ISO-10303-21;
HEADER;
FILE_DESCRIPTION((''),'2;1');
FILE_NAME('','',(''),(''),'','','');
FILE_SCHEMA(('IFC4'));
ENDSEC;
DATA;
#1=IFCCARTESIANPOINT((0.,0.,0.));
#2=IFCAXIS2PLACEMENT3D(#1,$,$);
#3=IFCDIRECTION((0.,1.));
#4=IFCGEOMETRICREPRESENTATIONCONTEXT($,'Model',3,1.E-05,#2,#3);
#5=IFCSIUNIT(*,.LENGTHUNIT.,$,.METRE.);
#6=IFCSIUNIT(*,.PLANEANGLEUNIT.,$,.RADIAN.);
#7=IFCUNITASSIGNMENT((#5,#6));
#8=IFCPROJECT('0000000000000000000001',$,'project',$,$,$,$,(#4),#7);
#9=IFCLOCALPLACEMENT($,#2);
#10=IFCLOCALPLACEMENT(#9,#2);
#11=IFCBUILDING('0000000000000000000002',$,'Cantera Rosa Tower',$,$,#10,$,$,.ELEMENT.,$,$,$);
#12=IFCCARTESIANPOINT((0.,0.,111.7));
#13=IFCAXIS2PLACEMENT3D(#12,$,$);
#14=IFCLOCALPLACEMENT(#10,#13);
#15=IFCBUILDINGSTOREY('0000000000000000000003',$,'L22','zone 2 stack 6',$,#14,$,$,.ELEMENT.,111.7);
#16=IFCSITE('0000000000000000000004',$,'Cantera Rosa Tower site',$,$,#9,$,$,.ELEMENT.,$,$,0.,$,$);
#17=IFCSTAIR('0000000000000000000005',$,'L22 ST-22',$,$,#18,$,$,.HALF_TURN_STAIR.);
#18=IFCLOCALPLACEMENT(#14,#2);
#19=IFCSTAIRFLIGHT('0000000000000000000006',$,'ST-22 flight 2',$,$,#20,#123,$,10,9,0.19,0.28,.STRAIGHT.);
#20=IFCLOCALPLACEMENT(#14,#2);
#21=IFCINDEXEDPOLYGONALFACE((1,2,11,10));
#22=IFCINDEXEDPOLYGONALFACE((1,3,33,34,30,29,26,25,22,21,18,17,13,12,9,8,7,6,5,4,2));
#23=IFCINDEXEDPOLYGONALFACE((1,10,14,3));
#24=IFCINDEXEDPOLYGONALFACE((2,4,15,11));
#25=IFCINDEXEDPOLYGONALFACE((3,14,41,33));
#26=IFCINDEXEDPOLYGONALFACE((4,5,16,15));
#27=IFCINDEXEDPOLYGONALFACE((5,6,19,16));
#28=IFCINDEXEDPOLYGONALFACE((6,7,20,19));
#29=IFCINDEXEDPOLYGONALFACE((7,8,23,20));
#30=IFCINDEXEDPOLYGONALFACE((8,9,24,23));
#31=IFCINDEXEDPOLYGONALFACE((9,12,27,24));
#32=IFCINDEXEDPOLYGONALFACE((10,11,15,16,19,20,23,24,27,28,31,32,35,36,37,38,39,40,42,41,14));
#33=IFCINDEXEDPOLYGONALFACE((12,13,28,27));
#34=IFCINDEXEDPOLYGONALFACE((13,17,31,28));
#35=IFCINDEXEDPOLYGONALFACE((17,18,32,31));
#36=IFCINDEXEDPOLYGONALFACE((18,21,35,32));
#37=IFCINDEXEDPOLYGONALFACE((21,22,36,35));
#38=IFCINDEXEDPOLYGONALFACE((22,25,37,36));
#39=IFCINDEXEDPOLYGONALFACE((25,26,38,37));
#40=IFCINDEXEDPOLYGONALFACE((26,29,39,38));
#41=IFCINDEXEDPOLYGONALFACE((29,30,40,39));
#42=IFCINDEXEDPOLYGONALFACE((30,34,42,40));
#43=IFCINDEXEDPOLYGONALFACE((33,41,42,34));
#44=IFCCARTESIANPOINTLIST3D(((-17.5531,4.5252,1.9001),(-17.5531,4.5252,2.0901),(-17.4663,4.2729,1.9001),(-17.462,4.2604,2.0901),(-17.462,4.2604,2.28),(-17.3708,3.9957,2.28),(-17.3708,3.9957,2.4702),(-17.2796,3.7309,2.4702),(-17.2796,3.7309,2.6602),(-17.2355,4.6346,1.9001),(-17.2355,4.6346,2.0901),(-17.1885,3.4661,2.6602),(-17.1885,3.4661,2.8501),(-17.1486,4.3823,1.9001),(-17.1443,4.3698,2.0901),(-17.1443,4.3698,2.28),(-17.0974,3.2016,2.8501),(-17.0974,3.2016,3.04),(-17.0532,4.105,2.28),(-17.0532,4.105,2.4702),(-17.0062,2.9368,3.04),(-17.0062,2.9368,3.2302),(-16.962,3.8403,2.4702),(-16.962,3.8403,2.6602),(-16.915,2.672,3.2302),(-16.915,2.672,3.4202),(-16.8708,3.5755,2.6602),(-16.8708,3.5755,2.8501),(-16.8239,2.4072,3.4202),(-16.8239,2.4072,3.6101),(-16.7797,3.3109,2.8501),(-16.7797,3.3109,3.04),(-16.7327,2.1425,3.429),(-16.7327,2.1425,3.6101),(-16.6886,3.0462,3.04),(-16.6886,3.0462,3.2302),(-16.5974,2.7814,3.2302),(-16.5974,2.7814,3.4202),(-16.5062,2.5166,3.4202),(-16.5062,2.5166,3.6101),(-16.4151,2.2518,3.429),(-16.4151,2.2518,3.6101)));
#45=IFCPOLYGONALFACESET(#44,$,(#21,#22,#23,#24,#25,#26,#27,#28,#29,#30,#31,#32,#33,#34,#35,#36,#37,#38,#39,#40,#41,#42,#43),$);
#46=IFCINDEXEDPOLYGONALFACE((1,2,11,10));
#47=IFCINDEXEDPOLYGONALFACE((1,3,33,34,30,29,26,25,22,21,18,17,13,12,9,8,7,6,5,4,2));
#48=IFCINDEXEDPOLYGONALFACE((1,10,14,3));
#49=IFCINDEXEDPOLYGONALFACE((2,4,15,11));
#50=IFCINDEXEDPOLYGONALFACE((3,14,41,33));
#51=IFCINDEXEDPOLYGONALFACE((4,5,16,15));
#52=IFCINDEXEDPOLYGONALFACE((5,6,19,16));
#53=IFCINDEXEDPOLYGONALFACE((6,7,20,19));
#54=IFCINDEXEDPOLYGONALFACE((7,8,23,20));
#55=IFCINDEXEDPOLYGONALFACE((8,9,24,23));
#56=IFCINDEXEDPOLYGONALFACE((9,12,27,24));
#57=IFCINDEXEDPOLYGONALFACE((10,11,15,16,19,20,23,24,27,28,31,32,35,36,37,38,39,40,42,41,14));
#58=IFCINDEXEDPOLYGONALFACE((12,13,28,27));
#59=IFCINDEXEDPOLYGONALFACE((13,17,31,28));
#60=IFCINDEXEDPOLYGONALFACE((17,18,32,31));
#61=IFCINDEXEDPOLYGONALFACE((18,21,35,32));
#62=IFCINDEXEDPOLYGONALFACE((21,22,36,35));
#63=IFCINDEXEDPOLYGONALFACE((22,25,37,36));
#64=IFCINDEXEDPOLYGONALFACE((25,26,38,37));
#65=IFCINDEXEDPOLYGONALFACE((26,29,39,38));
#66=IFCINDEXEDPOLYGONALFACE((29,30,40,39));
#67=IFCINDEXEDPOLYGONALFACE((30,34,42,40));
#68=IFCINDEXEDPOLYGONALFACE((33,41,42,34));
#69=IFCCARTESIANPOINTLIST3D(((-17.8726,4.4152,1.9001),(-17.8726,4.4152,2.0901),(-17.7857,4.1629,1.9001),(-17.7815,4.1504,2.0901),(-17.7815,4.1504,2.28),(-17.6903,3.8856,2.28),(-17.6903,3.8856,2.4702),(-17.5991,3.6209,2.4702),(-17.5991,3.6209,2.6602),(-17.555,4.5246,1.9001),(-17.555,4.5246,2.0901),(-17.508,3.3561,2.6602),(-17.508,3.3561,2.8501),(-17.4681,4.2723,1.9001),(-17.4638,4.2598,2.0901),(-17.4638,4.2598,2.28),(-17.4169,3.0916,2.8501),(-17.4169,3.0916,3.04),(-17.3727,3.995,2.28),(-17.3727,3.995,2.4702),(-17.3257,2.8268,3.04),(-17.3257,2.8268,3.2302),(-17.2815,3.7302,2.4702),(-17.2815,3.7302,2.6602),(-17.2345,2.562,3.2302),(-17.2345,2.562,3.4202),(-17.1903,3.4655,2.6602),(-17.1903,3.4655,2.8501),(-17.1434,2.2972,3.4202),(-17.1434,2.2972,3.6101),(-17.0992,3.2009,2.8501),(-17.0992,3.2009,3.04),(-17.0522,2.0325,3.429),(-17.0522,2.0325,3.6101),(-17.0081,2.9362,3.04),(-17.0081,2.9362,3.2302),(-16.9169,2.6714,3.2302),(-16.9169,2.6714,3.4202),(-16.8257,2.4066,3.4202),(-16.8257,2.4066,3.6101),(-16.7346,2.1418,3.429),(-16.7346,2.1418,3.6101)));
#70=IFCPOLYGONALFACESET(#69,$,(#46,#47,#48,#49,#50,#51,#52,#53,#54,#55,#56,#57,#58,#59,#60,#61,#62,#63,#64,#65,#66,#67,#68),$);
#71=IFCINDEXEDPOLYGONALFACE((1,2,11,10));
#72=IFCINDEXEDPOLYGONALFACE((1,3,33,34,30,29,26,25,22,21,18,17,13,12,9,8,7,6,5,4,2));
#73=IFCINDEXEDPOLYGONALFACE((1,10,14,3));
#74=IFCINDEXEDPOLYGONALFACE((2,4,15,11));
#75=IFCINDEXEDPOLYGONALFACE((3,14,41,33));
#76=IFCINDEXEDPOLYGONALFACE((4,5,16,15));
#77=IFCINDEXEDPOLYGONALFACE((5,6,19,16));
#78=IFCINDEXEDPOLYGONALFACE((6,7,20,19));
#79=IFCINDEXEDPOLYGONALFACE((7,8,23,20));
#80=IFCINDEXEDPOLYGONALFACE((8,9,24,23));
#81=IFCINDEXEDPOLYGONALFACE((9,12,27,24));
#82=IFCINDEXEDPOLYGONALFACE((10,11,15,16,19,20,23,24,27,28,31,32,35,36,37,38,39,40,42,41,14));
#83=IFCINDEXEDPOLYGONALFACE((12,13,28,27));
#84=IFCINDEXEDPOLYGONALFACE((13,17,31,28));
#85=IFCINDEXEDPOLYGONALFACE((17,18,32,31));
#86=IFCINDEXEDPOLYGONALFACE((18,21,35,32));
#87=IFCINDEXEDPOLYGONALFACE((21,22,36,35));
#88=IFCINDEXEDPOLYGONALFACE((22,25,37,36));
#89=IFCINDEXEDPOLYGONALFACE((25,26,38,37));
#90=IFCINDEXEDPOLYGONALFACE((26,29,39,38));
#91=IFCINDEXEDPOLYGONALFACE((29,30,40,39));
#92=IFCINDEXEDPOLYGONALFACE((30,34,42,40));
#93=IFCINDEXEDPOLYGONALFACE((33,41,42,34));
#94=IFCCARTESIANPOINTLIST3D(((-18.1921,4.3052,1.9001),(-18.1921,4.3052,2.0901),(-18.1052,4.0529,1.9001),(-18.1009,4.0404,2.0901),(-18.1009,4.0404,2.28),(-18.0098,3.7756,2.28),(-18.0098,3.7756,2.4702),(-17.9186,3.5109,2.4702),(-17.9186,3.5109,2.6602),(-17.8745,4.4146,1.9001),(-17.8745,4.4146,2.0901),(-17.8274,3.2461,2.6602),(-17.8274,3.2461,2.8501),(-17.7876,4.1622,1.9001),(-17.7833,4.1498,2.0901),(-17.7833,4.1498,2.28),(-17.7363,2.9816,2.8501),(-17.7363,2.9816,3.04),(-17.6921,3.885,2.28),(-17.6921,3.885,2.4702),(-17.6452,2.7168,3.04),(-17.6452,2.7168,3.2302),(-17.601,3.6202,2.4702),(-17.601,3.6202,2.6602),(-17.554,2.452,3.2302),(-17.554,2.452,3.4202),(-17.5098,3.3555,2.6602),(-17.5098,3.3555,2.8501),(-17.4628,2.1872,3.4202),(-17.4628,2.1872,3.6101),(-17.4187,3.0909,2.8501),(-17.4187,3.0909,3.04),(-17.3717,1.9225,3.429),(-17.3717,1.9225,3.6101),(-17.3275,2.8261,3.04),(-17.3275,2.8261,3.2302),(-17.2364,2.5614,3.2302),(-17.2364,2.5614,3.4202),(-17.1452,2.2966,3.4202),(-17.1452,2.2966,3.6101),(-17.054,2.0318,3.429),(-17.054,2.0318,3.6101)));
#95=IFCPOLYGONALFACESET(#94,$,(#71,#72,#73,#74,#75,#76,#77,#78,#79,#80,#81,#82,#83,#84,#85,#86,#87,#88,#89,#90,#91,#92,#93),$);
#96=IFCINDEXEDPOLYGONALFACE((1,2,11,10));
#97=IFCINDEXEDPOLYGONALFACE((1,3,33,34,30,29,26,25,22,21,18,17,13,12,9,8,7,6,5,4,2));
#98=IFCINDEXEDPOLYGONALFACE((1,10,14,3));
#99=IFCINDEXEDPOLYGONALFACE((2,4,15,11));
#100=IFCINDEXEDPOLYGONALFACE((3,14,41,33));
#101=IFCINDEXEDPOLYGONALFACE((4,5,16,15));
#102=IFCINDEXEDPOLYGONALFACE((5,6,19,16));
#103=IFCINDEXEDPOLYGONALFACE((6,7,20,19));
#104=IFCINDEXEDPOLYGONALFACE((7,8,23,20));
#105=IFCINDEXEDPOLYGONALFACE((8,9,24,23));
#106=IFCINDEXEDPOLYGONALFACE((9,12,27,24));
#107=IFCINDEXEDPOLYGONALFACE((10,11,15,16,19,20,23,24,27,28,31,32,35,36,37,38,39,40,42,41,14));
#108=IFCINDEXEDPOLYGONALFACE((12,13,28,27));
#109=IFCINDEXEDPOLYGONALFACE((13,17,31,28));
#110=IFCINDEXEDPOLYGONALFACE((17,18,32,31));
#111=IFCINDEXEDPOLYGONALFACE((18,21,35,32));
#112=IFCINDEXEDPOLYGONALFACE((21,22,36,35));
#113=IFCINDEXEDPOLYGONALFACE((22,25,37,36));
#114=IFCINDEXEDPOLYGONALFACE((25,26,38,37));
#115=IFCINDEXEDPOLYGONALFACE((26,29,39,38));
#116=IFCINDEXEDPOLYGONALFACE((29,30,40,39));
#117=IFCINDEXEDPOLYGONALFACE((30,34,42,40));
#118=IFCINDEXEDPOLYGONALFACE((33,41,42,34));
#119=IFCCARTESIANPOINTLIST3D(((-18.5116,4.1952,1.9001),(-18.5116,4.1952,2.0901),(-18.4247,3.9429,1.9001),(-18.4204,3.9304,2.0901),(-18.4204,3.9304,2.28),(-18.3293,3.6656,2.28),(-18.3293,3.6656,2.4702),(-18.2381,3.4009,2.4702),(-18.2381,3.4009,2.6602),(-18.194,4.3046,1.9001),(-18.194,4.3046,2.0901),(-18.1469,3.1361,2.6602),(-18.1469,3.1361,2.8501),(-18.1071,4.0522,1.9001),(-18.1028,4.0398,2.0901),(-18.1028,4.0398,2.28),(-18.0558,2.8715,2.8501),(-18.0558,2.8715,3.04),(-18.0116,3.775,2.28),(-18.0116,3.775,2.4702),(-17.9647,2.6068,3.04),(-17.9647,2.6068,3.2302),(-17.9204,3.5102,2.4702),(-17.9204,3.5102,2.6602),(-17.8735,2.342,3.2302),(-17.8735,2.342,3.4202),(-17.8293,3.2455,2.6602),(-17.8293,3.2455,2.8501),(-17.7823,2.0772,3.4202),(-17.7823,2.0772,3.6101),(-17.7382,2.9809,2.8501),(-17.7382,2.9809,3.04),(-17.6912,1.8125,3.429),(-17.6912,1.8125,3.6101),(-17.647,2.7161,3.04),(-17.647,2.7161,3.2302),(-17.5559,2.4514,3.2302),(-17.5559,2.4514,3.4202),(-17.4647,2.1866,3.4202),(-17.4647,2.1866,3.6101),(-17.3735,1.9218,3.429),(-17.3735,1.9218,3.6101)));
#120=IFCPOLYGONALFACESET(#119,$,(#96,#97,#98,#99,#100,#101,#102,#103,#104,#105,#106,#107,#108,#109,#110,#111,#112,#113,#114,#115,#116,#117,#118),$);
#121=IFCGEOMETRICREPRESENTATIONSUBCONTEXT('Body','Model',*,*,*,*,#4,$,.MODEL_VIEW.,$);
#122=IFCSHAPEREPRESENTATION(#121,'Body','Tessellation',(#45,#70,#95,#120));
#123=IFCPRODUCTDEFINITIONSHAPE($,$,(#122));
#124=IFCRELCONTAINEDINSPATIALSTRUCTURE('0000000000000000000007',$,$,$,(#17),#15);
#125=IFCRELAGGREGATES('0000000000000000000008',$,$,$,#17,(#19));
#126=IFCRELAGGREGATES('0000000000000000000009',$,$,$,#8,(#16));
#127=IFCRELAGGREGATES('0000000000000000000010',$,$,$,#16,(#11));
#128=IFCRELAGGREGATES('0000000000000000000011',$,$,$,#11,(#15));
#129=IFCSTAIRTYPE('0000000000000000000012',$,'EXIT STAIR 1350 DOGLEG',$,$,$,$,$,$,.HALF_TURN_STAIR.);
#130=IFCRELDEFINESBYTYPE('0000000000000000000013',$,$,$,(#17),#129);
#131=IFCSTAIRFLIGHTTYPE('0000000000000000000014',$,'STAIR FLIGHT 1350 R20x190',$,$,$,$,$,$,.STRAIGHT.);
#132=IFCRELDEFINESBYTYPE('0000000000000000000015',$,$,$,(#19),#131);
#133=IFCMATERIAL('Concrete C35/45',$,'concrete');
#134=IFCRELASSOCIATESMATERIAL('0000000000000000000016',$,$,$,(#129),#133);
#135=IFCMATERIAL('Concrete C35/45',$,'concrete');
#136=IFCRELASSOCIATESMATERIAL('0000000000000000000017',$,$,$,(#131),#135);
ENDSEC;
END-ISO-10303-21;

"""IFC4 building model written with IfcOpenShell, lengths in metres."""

from ifc_helpers import new_model, si_unit, direction, frame, origin, place, context, subcontext, project, spatial, polyline, outline, extrude, material, type_object, element, aggregate, save


model = new_model("IFC4")

# Units and contexts
model_context = context("Model", 3, precision=1e-05, world=origin(), true_north=direction((0.0, 1.0)))
body_context = subcontext(model_context, "Body", "Model", "MODEL_VIEW")
ifc_project = project(units=[si_unit("LENGTHUNIT", "METRE"), si_unit("PLANEANGLEUNIT", "RADIAN")], contexts=[model_context])

# Site, building, storey
site_placement = place(None, origin())
site = spatial("IfcSite", under=ifc_project, at=site_placement, Name="Cantera Rosa Tower site", CompositionType="ELEMENT", RefElevation=0.0)
building_placement = place(site_placement, origin())
building = spatial("IfcBuilding", under=site, at=building_placement, Name="Cantera Rosa Tower", CompositionType="ELEMENT")
storey_placement = place(building_placement, frame((0.0, 0.0, 111.7)))
storey = spatial("IfcBuildingStorey", under=building, at=storey_placement, Name="L22", Description="zone 2 stack 6", CompositionType="ELEMENT", Elevation=111.7)

# Stair, stair flight
ifc_material_1 = material(Name="Concrete C35/45", Category="concrete")
stair_type = type_object("IfcStairType", Name="EXIT STAIR 1350 DOGLEG", PredefinedType="HALF_TURN_STAIR", material=ifc_material_1)
stair_placement = place(storey_placement, origin())
stair = element("IfcStair", 1, at=stair_placement, inside=storey, type_object=stair_type, Name="L22 ST-22", PredefinedType="HALF_TURN_STAIR")
ifc_material_2 = material(Name="Concrete C35/45", Category="concrete")
stair_flight_type = type_object("IfcStairFlightType", Name="STAIR FLIGHT 1350 R20x190", PredefinedType="STRAIGHT", material=ifc_material_2)
stair_flight_placement = place(storey_placement, frame((-17.8738, 4.4148, 1.9001), z_axis=(0.0, 0.0, 1.0), x_axis=(0.325568, -0.945519, 0.0)))
stair_flight = element("IfcStairFlight", 2, at=stair_flight_placement, type_object=stair_flight_type, Name="ST-22 flight 2", NumberOfRisers=10, NumberOfTreads=9, PredefinedType="STRAIGHT", RiserHeight=0.19, TreadLength=0.28, context=body_context, shape_type="SweptSolid", body=[
    extrude(outline(polyline([(0.0, 0.0), (0.0, 0.1899), (0.28, 0.1899), (0.28, 0.3799), (0.5601, 0.3799), (0.5601, 0.5701), (0.8401, 0.5701), (0.8401, 0.76), (1.1201, 0.76), (1.1201, 0.95), (1.3999, 0.95), (1.3999, 1.1399), (1.6799, 1.1399), (1.6799, 1.3301), (1.96, 1.3301), (1.96, 1.52), (2.24, 1.52), (2.24, 1.71), (2.52, 1.71), (2.52, 1.8999), (2.52, 1.5288), (0.2668, 0.0), (0.0, 0.0)])), frame((0.0, 0.675, 0.0), z_axis=(0.0, -1.0, 0.0), x_axis=(1.0, 0.0, 0.0)), (0.0, 0.0, 1.0), 0.3359),
    extrude(outline(polyline([(0.0, 0.0), (0.0, 0.1899), (0.28, 0.1899), (0.28, 0.3799), (0.5601, 0.3799), (0.5601, 0.5701), (0.8401, 0.5701), (0.8401, 0.76), (1.1201, 0.76), (1.1201, 0.95), (1.3999, 0.95), (1.3999, 1.1399), (1.6799, 1.1399), (1.6799, 1.3301), (1.96, 1.3301), (1.96, 1.52), (2.24, 1.52), (2.24, 1.71), (2.52, 1.71), (2.52, 1.8999), (2.52, 1.5288), (0.2668, 0.0), (0.0, 0.0)])), frame((0.0, 0.3372, 0.0), z_axis=(0.0, -1.0, 0.0), x_axis=(1.0, 0.0, 0.0)), (0.0, 0.0, 1.0), 0.3359),
    extrude(outline(polyline([(0.0, 0.0), (0.0, 0.1899), (0.28, 0.1899), (0.28, 0.3799), (0.5601, 0.3799), (0.5601, 0.5701), (0.8401, 0.5701), (0.8401, 0.76), (1.1201, 0.76), (1.1201, 0.95), (1.3999, 0.95), (1.3999, 1.1399), (1.6799, 1.1399), (1.6799, 1.3301), (1.96, 1.3301), (1.96, 1.52), (2.24, 1.52), (2.24, 1.71), (2.52, 1.71), (2.52, 1.8999), (2.52, 1.5288), (0.2668, 0.0), (0.0, 0.0)])), frame((0.0, -0.0007, 0.0), z_axis=(0.0, -1.0, 0.0), x_axis=(1.0, 0.0, 0.0)), (0.0, 0.0, 1.0), 0.3359),
    extrude(outline(polyline([(0.0, 0.0), (0.0, 0.1899), (0.28, 0.1899), (0.28, 0.3799), (0.5601, 0.3799), (0.5601, 0.5701), (0.8401, 0.5701), (0.8401, 0.76), (1.1201, 0.76), (1.1201, 0.95), (1.3999, 0.95), (1.3999, 1.1399), (1.6799, 1.1399), (1.6799, 1.3301), (1.96, 1.3301), (1.96, 1.52), (2.24, 1.52), (2.24, 1.71), (2.52, 1.71), (2.52, 1.8999), (2.52, 1.5288), (0.2668, 0.0), (0.0, 0.0)])), frame((0.0, -0.3386, 0.0), z_axis=(0.0, -1.0, 0.0), x_axis=(1.0, 0.0, 0.0)), (0.0, 0.0, 1.0), 0.3359),
])
aggregate(stair, [stair_flight])

save(model, "model.ifc")
